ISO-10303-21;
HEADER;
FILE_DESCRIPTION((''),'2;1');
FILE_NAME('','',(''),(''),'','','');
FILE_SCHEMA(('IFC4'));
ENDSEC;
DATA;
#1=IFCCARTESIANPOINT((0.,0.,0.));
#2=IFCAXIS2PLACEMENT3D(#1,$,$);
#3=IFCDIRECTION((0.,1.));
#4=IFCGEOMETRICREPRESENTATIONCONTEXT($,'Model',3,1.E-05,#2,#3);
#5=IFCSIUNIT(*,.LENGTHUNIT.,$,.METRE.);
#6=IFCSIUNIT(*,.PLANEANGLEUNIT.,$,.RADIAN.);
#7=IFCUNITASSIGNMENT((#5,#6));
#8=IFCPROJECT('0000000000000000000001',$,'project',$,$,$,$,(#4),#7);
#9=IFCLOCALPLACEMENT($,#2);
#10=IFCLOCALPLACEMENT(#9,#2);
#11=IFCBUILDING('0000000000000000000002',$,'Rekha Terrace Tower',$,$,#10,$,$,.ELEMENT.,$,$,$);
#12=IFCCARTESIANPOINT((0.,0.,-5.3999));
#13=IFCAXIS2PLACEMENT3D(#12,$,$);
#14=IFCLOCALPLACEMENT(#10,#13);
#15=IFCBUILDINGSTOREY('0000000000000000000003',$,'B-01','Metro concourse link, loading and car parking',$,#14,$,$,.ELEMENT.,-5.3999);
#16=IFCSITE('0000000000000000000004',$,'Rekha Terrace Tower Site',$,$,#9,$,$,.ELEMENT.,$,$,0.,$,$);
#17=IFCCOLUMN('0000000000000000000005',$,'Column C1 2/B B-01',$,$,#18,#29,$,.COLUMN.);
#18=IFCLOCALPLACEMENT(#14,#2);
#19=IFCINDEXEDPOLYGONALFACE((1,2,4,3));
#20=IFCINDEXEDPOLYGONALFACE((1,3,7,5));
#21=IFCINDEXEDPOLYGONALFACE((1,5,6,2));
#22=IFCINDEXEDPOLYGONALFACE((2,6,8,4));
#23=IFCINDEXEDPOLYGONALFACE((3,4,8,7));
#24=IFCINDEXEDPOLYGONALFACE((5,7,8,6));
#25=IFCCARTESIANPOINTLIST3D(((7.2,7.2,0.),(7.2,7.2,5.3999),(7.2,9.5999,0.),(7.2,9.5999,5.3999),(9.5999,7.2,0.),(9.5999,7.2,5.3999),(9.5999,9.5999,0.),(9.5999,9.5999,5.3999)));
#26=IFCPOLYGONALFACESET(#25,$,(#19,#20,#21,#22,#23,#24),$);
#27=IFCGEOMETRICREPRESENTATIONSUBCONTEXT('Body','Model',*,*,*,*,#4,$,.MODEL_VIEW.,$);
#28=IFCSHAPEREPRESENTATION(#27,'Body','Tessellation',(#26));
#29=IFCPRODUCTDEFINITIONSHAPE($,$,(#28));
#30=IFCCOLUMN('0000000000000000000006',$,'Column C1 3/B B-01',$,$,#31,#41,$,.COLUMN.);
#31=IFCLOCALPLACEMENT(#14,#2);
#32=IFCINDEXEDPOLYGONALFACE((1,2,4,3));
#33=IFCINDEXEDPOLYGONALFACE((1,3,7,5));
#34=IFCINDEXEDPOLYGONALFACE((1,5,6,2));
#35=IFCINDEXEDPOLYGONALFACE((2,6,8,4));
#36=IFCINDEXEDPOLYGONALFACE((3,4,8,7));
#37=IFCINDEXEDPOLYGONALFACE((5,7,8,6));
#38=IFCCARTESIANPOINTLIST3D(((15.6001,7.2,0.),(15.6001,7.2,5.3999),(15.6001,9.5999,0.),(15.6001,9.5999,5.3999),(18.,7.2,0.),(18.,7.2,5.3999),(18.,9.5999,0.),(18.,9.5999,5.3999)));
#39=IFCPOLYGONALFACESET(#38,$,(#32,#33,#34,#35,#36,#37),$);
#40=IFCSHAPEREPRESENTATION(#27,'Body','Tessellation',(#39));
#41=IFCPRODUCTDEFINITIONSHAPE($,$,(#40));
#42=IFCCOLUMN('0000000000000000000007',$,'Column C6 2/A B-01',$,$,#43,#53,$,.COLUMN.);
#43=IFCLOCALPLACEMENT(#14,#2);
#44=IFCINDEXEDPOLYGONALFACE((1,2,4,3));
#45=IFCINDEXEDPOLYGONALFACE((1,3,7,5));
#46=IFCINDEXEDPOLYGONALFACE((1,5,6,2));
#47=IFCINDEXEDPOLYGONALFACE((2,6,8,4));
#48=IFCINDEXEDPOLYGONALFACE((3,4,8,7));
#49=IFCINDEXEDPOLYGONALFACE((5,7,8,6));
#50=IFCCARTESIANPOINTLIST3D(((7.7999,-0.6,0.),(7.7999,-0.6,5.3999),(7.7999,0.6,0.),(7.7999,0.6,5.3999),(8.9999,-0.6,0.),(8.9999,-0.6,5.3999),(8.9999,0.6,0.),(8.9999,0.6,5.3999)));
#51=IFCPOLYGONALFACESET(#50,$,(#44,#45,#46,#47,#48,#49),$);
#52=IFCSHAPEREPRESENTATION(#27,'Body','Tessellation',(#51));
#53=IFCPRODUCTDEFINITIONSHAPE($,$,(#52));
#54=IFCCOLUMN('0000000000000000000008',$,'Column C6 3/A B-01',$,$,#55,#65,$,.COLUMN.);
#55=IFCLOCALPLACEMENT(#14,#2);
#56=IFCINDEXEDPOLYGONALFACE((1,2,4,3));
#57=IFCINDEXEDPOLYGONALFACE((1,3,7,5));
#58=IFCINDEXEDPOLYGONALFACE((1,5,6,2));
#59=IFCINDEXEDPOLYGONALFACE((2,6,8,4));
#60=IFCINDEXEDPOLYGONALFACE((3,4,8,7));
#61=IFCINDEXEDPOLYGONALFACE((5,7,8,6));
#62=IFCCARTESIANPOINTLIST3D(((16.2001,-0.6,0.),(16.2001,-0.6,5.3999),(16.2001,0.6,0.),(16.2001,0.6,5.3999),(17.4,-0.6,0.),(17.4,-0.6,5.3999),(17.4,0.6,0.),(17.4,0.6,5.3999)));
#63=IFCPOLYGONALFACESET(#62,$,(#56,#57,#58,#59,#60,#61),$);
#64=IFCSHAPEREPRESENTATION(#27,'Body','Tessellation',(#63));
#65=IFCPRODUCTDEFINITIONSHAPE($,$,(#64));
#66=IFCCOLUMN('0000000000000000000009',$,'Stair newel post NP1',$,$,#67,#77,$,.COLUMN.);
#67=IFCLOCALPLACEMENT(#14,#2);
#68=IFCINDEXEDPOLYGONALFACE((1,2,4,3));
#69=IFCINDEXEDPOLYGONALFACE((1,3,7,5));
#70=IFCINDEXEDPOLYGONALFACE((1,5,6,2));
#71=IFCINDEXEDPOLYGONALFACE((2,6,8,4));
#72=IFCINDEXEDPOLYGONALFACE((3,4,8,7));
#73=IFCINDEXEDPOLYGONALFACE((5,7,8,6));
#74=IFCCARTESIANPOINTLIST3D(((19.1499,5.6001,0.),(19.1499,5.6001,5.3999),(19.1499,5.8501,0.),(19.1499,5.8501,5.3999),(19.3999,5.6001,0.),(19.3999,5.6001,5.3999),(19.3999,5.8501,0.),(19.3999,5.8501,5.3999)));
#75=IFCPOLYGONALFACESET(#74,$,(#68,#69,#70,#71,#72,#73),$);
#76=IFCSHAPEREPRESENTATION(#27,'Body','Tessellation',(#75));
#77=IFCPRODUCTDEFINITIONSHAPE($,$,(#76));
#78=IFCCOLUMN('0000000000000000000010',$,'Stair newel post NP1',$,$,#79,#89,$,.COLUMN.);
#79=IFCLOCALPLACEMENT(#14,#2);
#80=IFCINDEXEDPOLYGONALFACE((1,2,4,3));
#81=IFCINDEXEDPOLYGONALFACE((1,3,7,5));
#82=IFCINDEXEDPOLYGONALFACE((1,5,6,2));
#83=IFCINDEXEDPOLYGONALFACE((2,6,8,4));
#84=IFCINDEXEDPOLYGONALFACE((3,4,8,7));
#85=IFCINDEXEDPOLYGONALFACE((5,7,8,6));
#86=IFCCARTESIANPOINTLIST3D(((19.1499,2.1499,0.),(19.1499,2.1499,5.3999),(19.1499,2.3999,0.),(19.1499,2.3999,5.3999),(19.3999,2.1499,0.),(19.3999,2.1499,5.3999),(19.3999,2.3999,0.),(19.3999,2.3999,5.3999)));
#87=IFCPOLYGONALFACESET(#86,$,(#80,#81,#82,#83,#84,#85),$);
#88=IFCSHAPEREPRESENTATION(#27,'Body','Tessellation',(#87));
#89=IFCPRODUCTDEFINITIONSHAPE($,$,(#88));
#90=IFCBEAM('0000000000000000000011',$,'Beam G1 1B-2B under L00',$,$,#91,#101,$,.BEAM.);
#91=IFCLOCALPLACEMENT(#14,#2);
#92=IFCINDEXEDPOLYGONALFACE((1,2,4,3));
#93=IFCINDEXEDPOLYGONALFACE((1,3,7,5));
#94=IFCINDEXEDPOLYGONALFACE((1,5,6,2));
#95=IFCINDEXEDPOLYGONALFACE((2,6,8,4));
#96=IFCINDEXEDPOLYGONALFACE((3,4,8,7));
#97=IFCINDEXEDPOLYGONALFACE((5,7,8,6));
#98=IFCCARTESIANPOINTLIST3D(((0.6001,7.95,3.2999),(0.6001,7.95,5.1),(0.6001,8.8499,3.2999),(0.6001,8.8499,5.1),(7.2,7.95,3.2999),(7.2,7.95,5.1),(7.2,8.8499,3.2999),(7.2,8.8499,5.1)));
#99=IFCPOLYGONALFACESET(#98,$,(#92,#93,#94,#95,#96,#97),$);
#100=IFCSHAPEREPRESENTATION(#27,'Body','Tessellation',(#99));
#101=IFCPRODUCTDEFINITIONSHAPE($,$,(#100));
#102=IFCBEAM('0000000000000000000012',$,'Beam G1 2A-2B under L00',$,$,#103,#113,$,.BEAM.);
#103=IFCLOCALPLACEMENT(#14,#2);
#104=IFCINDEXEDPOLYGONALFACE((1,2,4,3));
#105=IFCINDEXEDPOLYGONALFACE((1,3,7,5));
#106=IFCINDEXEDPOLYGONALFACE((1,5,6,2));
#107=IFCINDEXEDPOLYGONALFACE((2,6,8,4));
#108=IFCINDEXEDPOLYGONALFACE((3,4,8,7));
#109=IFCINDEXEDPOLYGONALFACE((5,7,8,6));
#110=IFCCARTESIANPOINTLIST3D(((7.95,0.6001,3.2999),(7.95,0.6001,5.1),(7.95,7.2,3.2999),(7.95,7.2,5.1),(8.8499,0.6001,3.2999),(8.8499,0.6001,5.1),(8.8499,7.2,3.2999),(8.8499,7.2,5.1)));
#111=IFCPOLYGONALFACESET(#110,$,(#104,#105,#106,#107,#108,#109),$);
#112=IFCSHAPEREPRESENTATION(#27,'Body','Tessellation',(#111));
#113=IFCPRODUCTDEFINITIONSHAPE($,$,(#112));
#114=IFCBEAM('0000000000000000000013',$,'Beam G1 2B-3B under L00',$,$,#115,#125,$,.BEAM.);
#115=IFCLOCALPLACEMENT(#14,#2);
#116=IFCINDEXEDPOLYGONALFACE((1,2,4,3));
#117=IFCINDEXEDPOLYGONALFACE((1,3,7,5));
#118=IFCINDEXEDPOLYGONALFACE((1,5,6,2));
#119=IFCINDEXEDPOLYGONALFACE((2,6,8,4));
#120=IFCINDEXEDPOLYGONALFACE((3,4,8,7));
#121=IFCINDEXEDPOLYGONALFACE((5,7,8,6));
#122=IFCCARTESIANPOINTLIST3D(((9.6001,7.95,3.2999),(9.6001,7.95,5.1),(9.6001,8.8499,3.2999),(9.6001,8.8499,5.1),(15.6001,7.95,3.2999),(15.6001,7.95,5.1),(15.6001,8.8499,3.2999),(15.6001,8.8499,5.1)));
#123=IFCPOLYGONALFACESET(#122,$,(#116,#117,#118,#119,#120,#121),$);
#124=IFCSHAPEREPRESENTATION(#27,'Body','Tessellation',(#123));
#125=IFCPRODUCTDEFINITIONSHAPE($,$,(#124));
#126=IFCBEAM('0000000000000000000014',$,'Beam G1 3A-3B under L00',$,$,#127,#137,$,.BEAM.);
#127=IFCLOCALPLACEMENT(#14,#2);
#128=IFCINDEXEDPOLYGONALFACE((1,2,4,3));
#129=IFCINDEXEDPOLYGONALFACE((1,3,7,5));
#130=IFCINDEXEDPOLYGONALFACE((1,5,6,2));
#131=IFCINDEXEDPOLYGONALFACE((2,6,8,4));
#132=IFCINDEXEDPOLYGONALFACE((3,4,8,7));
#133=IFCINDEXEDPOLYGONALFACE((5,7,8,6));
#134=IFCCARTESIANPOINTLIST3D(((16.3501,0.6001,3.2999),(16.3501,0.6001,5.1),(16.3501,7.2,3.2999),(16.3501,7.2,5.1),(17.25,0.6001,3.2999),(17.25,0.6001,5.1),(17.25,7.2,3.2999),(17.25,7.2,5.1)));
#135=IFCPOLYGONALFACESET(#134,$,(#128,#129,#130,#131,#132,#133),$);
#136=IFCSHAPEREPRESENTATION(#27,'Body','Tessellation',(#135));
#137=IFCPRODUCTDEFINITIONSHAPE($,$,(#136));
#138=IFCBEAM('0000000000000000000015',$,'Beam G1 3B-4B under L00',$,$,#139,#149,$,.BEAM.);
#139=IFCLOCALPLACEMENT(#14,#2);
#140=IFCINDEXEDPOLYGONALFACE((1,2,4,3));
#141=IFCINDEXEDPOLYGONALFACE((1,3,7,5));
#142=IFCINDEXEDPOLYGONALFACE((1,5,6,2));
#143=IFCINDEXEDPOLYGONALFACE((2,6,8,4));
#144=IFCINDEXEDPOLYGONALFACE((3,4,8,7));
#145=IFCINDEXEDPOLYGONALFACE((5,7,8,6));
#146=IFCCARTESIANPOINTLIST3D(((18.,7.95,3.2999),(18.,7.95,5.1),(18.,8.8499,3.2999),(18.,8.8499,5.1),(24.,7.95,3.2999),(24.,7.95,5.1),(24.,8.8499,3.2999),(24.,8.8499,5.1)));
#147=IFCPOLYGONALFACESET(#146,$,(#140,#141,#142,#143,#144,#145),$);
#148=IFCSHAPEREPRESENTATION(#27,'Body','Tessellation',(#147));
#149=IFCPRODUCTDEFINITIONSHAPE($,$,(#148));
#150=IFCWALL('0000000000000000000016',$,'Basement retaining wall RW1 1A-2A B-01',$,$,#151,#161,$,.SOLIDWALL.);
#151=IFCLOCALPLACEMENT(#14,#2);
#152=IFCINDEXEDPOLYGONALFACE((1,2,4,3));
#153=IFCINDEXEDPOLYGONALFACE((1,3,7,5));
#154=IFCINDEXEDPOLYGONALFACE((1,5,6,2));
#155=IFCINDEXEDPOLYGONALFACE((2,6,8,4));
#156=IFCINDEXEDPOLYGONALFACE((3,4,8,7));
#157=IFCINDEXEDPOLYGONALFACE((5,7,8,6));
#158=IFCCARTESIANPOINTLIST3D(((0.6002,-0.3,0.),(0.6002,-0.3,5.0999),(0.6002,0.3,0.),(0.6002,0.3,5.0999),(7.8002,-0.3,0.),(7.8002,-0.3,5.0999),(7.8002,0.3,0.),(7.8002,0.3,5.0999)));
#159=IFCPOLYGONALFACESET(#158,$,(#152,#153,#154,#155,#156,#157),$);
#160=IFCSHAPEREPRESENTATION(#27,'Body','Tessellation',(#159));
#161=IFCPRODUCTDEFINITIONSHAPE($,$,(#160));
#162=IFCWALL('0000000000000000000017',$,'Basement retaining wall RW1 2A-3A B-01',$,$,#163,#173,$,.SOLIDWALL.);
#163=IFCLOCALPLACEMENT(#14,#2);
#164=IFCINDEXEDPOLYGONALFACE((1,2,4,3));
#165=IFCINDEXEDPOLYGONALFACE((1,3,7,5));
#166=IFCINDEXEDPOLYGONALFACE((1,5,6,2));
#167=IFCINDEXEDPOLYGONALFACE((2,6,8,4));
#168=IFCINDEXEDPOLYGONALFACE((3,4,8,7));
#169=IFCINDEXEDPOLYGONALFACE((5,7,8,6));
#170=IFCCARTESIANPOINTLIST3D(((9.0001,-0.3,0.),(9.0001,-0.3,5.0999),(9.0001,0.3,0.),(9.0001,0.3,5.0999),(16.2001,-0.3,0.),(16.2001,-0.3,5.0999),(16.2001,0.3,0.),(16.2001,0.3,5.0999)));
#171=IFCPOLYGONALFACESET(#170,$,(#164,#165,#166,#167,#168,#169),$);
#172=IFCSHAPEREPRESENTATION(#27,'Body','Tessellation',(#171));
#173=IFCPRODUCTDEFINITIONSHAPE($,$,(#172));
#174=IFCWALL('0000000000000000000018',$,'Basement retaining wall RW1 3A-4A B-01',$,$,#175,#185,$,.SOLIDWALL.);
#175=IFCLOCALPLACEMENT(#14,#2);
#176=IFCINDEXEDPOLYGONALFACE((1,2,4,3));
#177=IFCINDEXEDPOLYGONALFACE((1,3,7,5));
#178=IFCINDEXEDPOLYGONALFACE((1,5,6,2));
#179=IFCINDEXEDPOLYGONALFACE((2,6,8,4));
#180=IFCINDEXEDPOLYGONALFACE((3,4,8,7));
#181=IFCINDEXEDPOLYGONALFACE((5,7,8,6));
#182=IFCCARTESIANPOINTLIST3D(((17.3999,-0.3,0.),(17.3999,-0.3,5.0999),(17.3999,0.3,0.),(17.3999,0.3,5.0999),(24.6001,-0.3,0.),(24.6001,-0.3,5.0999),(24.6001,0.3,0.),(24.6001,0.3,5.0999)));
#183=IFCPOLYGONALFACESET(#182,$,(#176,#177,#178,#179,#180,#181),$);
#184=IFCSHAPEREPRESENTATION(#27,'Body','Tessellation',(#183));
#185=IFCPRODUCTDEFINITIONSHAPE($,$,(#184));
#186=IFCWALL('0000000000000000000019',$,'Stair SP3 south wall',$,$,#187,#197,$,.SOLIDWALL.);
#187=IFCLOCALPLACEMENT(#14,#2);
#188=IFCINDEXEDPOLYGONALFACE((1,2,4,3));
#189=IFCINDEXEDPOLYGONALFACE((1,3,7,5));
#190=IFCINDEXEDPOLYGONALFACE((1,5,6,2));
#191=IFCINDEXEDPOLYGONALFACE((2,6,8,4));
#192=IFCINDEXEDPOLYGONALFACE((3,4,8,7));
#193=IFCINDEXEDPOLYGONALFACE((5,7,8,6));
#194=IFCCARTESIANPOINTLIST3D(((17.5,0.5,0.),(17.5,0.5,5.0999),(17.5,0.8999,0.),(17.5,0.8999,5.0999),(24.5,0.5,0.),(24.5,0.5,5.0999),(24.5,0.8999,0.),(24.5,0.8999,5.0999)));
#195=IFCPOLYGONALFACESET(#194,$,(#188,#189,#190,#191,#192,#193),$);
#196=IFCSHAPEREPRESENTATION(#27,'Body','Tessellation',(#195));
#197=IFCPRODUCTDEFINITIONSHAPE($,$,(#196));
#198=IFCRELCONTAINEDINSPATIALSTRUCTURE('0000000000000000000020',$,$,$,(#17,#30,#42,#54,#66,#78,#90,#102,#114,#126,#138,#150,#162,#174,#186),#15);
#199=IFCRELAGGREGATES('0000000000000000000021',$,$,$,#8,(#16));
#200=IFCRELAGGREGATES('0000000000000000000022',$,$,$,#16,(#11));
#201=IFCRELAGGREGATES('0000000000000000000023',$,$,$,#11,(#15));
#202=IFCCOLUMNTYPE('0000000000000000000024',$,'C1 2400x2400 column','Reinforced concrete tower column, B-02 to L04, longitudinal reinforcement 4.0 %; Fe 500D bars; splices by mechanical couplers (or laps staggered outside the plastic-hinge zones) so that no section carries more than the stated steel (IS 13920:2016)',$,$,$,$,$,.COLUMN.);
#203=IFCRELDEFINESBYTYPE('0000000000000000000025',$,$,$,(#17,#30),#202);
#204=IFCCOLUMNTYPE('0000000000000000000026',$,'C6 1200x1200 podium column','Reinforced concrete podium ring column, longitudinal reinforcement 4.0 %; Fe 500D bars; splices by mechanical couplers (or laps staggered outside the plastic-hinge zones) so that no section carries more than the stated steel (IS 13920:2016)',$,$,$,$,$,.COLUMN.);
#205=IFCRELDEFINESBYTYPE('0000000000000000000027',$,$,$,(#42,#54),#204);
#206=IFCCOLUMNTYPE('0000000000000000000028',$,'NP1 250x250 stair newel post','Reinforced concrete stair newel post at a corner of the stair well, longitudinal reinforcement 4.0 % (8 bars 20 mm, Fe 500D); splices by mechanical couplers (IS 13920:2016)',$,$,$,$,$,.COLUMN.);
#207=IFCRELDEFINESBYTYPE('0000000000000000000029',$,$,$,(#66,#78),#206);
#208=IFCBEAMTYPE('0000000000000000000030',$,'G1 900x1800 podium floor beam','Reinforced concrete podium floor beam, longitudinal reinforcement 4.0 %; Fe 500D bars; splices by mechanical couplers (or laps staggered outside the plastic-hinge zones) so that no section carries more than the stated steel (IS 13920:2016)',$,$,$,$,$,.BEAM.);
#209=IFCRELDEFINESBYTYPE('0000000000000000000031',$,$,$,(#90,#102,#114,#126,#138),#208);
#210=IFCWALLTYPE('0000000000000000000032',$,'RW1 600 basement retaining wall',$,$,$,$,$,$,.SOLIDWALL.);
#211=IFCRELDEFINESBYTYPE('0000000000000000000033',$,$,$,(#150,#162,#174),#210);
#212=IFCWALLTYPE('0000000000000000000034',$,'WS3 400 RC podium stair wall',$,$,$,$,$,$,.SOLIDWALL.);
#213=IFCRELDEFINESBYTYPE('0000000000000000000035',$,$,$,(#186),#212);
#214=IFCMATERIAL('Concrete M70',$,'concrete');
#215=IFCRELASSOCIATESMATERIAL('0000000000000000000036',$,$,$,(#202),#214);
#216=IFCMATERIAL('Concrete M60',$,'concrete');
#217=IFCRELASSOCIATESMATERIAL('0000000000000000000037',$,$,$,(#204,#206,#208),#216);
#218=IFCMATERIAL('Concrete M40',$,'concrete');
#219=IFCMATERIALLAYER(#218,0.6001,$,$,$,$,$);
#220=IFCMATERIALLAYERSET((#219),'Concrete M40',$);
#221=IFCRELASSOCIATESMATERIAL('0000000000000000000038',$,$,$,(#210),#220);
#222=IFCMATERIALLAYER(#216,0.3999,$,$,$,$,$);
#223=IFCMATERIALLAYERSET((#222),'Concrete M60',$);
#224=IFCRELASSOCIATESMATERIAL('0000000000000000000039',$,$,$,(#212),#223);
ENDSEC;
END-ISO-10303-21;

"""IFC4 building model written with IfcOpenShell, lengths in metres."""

from ifc_helpers import new_model, si_unit, direction, frame, frame_2d, origin, origin_2d, place, context, subcontext, project, spatial, rectangle, extrude, material, layer, layer_set, material_profile, profile_set, type_object, element, save


model = new_model("IFC4")

# Units and contexts
model_context = context("Model", 3, precision=1e-05, world=origin(), true_north=direction((0.0, 1.0)))
body_context = subcontext(model_context, "Body", "Model", "MODEL_VIEW")
ifc_project = project(units=[si_unit("LENGTHUNIT", "METRE"), si_unit("PLANEANGLEUNIT", "RADIAN")], contexts=[model_context])

# Site, building, storey
site_placement = place(None, origin())
site = spatial("IfcSite", under=ifc_project, at=site_placement, Name="Rekha Terrace Tower Site", CompositionType="ELEMENT", RefElevation=0.0)
building_placement = place(site_placement, origin())
building = spatial("IfcBuilding", under=site, at=building_placement, Name="Rekha Terrace Tower", CompositionType="ELEMENT")
storey_placement = place(building_placement, frame((0.0, 0.0, -5.3999)))
storey = spatial("IfcBuildingStorey", under=building, at=storey_placement, Name="B-01", Description="Metro concourse link, loading and car parking", CompositionType="ELEMENT", Elevation=-5.3999)

# Columns
ifc_material_1 = material(Name="Concrete M70", Category="concrete")
ifc_material_profile_1 = material_profile(ifc_material_1, rectangle(XDim=2.3999, YDim=2.3999, at=origin_2d()), Name="RC 2400x2400")
ifc_profile_set_1 = profile_set([ifc_material_profile_1], Name="Concrete M70")
column_type_1 = type_object("IfcColumnType", Name="C1 2400x2400 column", Description="Reinforced concrete tower column, B-02 to L04, longitudinal reinforcement 4.0 %; Fe 500D bars; splices by mechanical couplers (or laps staggered outside the plastic-hinge zones) so that no section carries more than the stated steel (IS 13920:2016)", PredefinedType="COLUMN", material=ifc_profile_set_1)
for number, where, z_axis, x_axis, name in (
    (1, (8.3999, 8.3999, 0.0), (0.0, 0.0, 1.0), (1.0, 0.0, 0.0), "Column C1 2/B B-01"),
    (2, (16.8, 8.3999, 0.0), (0.0, 0.0, 1.0), (1.0, 0.0, 0.0), "Column C1 3/B B-01"),
):
    element("IfcColumn", number, at=place(storey_placement, frame(where, z_axis=z_axis, x_axis=x_axis)), inside=storey, type_object=column_type_1, Name=name, PredefinedType="COLUMN", context=body_context, shape_type="SweptSolid", body=[
        extrude(rectangle(XDim=2.3999, YDim=2.3999, at=origin_2d()), origin(), (0.0, 0.0, 1.0), 5.3999),
    ])
ifc_material_2 = material(Name="Concrete M60", Category="concrete")
ifc_material_profile_2 = material_profile(ifc_material_2, rectangle(XDim=1.2, YDim=1.2, at=origin_2d()), Name="RC 1200x1200")
ifc_profile_set_2 = profile_set([ifc_material_profile_2], Name="Concrete M60")
column_type_2 = type_object("IfcColumnType", Name="C6 1200x1200 podium column", Description="Reinforced concrete podium ring column, longitudinal reinforcement 4.0 %; Fe 500D bars; splices by mechanical couplers (or laps staggered outside the plastic-hinge zones) so that no section carries more than the stated steel (IS 13920:2016)", PredefinedType="COLUMN", material=ifc_profile_set_2)
for number, where, z_axis, x_axis, name in (
    (3, (8.3999, 0.0, 0.0), (0.0, 0.0, 1.0), (1.0, 0.0, 0.0), "Column C6 2/A B-01"),
    (4, (16.8, 0.0, 0.0), (0.0, 0.0, 1.0), (1.0, 0.0, 0.0), "Column C6 3/A B-01"),
):
    element("IfcColumn", number, at=place(storey_placement, frame(where, z_axis=z_axis, x_axis=x_axis)), inside=storey, type_object=column_type_2, Name=name, PredefinedType="COLUMN", context=body_context, shape_type="SweptSolid", body=[
        extrude(rectangle(XDim=1.2, YDim=1.2, at=origin_2d()), origin(), (0.0, 0.0, 1.0), 5.3999),
    ])
ifc_material_profile_3 = material_profile(ifc_material_2, rectangle(XDim=0.25, YDim=0.25, at=origin_2d()), Name="RC 250x250")
ifc_profile_set_3 = profile_set([ifc_material_profile_3], Name="Concrete M60")
column_type_3 = type_object("IfcColumnType", Name="NP1 250x250 stair newel post", Description="Reinforced concrete stair newel post at a corner of the stair well, longitudinal reinforcement 4.0 % (8 bars 20 mm, Fe 500D); splices by mechanical couplers (IS 13920:2016)", PredefinedType="COLUMN", material=ifc_profile_set_3)
for number, where, z_axis, x_axis, name in (
    (5, (19.2749, 5.7251, 0.0), (0.0, 0.0, 1.0), (1.0, 0.0, 0.0), "Stair newel post NP1"),
    (6, (19.2749, 2.2749, 0.0), (0.0, 0.0, 1.0), (1.0, 0.0, 0.0), "Stair newel post NP1"),
):
    element("IfcColumn", number, at=place(storey_placement, frame(where, z_axis=z_axis, x_axis=x_axis)), inside=storey, type_object=column_type_3, Name=name, PredefinedType="COLUMN", context=body_context, shape_type="SweptSolid", body=[
        extrude(rectangle(XDim=0.25, YDim=0.25, at=origin_2d()), origin(), (0.0, 0.0, 1.0), 5.3999),
    ])

# Beams
ifc_material_profile_4 = material_profile(ifc_material_2, rectangle(XDim=0.8999, YDim=1.8, at=origin_2d()), Name="RC 900x1800")
ifc_profile_set_4 = profile_set([ifc_material_profile_4], Name="Concrete M60")
beam_type = type_object("IfcBeamType", Name="G1 900x1800 podium floor beam", Description="Reinforced concrete podium floor beam, longitudinal reinforcement 4.0 %; Fe 500D bars; splices by mechanical couplers (or laps staggered outside the plastic-hinge zones) so that no section carries more than the stated steel (IS 13920:2016)", PredefinedType="BEAM", material=ifc_profile_set_4)
for number, where, z_axis, x_axis, name in (
    (7, (0.6001, 8.3999, 4.2), (1.0, 0.0, 0.0), (0.0, 1.0, 0.0), "Beam G1 1B-2B under L00"),
    (8, (8.3999, 0.6001, 4.2), (0.0, 1.0, 0.0), (-1.0, 0.0, 0.0), "Beam G1 2A-2B under L00"),
):
    element("IfcBeam", number, at=place(storey_placement, frame(where, z_axis=z_axis, x_axis=x_axis)), inside=storey, type_object=beam_type, Name=name, PredefinedType="BEAM", context=body_context, shape_type="SweptSolid", body=[
        extrude(rectangle(XDim=0.8999, YDim=1.8, at=origin_2d()), origin(), (0.0, 0.0, 1.0), 6.5999),
    ])
beam_1_placement = place(storey_placement, frame((9.6001, 8.3999, 4.2), z_axis=(1.0, 0.0, 0.0), x_axis=(0.0, 1.0, 0.0)))
element("IfcBeam", 9, at=beam_1_placement, inside=storey, type_object=beam_type, Name="Beam G1 2B-3B under L00", PredefinedType="BEAM", context=body_context, shape_type="SweptSolid", body=[
    extrude(rectangle(XDim=0.8999, YDim=1.8, at=origin_2d()), origin(), (0.0, 0.0, 1.0), 6.0),
])
beam_2_placement = place(storey_placement, frame((16.8, 0.6001, 4.2), z_axis=(0.0, 1.0, 0.0), x_axis=(-1.0, 0.0, 0.0)))
element("IfcBeam", 10, at=beam_2_placement, inside=storey, type_object=beam_type, Name="Beam G1 3A-3B under L00", PredefinedType="BEAM", context=body_context, shape_type="SweptSolid", body=[
    extrude(rectangle(XDim=0.8999, YDim=1.8, at=origin_2d()), origin(), (0.0, 0.0, 1.0), 6.5999),
])
beam_3_placement = place(storey_placement, frame((18.0, 8.3999, 4.2), z_axis=(1.0, 0.0, 0.0), x_axis=(0.0, 1.0, 0.0)))
element("IfcBeam", 11, at=beam_3_placement, inside=storey, type_object=beam_type, Name="Beam G1 3B-4B under L00", PredefinedType="BEAM", context=body_context, shape_type="SweptSolid", body=[
    extrude(rectangle(XDim=0.8999, YDim=1.8, at=origin_2d()), origin(), (0.0, 0.0, 1.0), 6.0),
])

# Walls
ifc_material_3 = material(Name="Concrete M40", Category="concrete")
ifc_layer_1 = layer(ifc_material_3, 0.6001)
ifc_layer_set_1 = layer_set([ifc_layer_1], Name="Concrete M40")
wall_type_1 = type_object("IfcWallType", Name="RW1 600 basement retaining wall", PredefinedType="SOLIDWALL", material=ifc_layer_set_1)
for number, where, z_axis, x_axis, name in (
    (12, (0.6001, 0.0, 0.0), (0.0, 0.0, 1.0), (1.0, 0.0, 0.0), "Basement retaining wall RW1 1A-2A B-01"),
    (13, (9.0, 0.0, 0.0), (0.0, 0.0, 1.0), (1.0, 0.0, 0.0), "Basement retaining wall RW1 2A-3A B-01"),
):
    element("IfcWall", number, at=place(storey_placement, frame(where, z_axis=z_axis, x_axis=x_axis)), inside=storey, type_object=wall_type_1, Name=name, PredefinedType="SOLIDWALL", context=body_context, shape_type="SweptSolid", body=[
        extrude(rectangle(XDim=7.2, YDim=0.6001, at=frame_2d((3.6001, 0.0))), origin(), (0.0, 0.0, 1.0), 5.0999),
    ])
wall_1_placement = place(storey_placement, frame((17.3999, 0.0, 0.0), z_axis=(0.0, 0.0, 1.0), x_axis=(1.0, 0.0, 0.0)))
element("IfcWall", 14, at=wall_1_placement, inside=storey, type_object=wall_type_1, Name="Basement retaining wall RW1 3A-4A B-01", PredefinedType="SOLIDWALL", context=body_context, shape_type="SweptSolid", body=[
    extrude(rectangle(XDim=7.2002, YDim=0.6001, at=frame_2d((3.6001, 0.0))), origin(), (0.0, 0.0, 1.0), 5.0999),
])
ifc_layer_2 = layer(ifc_material_2, 0.3999)
ifc_layer_set_2 = layer_set([ifc_layer_2], Name="Concrete M60")
wall_type_2 = type_object("IfcWallType", Name="WS3 400 RC podium stair wall", PredefinedType="SOLIDWALL", material=ifc_layer_set_2)
wall_2_placement = place(storey_placement, frame((17.5, 0.7, 0.0), z_axis=(0.0, 0.0, 1.0), x_axis=(1.0, 0.0, 0.0)))
element("IfcWall", 15, at=wall_2_placement, inside=storey, type_object=wall_type_2, Name="Stair SP3 south wall", PredefinedType="SOLIDWALL", context=body_context, shape_type="SweptSolid", body=[
    extrude(rectangle(XDim=7.0, YDim=0.3999, at=frame_2d((3.5, 0.0))), origin(), (0.0, 0.0, 1.0), 5.0999),
])

save(model, "model.ifc")
